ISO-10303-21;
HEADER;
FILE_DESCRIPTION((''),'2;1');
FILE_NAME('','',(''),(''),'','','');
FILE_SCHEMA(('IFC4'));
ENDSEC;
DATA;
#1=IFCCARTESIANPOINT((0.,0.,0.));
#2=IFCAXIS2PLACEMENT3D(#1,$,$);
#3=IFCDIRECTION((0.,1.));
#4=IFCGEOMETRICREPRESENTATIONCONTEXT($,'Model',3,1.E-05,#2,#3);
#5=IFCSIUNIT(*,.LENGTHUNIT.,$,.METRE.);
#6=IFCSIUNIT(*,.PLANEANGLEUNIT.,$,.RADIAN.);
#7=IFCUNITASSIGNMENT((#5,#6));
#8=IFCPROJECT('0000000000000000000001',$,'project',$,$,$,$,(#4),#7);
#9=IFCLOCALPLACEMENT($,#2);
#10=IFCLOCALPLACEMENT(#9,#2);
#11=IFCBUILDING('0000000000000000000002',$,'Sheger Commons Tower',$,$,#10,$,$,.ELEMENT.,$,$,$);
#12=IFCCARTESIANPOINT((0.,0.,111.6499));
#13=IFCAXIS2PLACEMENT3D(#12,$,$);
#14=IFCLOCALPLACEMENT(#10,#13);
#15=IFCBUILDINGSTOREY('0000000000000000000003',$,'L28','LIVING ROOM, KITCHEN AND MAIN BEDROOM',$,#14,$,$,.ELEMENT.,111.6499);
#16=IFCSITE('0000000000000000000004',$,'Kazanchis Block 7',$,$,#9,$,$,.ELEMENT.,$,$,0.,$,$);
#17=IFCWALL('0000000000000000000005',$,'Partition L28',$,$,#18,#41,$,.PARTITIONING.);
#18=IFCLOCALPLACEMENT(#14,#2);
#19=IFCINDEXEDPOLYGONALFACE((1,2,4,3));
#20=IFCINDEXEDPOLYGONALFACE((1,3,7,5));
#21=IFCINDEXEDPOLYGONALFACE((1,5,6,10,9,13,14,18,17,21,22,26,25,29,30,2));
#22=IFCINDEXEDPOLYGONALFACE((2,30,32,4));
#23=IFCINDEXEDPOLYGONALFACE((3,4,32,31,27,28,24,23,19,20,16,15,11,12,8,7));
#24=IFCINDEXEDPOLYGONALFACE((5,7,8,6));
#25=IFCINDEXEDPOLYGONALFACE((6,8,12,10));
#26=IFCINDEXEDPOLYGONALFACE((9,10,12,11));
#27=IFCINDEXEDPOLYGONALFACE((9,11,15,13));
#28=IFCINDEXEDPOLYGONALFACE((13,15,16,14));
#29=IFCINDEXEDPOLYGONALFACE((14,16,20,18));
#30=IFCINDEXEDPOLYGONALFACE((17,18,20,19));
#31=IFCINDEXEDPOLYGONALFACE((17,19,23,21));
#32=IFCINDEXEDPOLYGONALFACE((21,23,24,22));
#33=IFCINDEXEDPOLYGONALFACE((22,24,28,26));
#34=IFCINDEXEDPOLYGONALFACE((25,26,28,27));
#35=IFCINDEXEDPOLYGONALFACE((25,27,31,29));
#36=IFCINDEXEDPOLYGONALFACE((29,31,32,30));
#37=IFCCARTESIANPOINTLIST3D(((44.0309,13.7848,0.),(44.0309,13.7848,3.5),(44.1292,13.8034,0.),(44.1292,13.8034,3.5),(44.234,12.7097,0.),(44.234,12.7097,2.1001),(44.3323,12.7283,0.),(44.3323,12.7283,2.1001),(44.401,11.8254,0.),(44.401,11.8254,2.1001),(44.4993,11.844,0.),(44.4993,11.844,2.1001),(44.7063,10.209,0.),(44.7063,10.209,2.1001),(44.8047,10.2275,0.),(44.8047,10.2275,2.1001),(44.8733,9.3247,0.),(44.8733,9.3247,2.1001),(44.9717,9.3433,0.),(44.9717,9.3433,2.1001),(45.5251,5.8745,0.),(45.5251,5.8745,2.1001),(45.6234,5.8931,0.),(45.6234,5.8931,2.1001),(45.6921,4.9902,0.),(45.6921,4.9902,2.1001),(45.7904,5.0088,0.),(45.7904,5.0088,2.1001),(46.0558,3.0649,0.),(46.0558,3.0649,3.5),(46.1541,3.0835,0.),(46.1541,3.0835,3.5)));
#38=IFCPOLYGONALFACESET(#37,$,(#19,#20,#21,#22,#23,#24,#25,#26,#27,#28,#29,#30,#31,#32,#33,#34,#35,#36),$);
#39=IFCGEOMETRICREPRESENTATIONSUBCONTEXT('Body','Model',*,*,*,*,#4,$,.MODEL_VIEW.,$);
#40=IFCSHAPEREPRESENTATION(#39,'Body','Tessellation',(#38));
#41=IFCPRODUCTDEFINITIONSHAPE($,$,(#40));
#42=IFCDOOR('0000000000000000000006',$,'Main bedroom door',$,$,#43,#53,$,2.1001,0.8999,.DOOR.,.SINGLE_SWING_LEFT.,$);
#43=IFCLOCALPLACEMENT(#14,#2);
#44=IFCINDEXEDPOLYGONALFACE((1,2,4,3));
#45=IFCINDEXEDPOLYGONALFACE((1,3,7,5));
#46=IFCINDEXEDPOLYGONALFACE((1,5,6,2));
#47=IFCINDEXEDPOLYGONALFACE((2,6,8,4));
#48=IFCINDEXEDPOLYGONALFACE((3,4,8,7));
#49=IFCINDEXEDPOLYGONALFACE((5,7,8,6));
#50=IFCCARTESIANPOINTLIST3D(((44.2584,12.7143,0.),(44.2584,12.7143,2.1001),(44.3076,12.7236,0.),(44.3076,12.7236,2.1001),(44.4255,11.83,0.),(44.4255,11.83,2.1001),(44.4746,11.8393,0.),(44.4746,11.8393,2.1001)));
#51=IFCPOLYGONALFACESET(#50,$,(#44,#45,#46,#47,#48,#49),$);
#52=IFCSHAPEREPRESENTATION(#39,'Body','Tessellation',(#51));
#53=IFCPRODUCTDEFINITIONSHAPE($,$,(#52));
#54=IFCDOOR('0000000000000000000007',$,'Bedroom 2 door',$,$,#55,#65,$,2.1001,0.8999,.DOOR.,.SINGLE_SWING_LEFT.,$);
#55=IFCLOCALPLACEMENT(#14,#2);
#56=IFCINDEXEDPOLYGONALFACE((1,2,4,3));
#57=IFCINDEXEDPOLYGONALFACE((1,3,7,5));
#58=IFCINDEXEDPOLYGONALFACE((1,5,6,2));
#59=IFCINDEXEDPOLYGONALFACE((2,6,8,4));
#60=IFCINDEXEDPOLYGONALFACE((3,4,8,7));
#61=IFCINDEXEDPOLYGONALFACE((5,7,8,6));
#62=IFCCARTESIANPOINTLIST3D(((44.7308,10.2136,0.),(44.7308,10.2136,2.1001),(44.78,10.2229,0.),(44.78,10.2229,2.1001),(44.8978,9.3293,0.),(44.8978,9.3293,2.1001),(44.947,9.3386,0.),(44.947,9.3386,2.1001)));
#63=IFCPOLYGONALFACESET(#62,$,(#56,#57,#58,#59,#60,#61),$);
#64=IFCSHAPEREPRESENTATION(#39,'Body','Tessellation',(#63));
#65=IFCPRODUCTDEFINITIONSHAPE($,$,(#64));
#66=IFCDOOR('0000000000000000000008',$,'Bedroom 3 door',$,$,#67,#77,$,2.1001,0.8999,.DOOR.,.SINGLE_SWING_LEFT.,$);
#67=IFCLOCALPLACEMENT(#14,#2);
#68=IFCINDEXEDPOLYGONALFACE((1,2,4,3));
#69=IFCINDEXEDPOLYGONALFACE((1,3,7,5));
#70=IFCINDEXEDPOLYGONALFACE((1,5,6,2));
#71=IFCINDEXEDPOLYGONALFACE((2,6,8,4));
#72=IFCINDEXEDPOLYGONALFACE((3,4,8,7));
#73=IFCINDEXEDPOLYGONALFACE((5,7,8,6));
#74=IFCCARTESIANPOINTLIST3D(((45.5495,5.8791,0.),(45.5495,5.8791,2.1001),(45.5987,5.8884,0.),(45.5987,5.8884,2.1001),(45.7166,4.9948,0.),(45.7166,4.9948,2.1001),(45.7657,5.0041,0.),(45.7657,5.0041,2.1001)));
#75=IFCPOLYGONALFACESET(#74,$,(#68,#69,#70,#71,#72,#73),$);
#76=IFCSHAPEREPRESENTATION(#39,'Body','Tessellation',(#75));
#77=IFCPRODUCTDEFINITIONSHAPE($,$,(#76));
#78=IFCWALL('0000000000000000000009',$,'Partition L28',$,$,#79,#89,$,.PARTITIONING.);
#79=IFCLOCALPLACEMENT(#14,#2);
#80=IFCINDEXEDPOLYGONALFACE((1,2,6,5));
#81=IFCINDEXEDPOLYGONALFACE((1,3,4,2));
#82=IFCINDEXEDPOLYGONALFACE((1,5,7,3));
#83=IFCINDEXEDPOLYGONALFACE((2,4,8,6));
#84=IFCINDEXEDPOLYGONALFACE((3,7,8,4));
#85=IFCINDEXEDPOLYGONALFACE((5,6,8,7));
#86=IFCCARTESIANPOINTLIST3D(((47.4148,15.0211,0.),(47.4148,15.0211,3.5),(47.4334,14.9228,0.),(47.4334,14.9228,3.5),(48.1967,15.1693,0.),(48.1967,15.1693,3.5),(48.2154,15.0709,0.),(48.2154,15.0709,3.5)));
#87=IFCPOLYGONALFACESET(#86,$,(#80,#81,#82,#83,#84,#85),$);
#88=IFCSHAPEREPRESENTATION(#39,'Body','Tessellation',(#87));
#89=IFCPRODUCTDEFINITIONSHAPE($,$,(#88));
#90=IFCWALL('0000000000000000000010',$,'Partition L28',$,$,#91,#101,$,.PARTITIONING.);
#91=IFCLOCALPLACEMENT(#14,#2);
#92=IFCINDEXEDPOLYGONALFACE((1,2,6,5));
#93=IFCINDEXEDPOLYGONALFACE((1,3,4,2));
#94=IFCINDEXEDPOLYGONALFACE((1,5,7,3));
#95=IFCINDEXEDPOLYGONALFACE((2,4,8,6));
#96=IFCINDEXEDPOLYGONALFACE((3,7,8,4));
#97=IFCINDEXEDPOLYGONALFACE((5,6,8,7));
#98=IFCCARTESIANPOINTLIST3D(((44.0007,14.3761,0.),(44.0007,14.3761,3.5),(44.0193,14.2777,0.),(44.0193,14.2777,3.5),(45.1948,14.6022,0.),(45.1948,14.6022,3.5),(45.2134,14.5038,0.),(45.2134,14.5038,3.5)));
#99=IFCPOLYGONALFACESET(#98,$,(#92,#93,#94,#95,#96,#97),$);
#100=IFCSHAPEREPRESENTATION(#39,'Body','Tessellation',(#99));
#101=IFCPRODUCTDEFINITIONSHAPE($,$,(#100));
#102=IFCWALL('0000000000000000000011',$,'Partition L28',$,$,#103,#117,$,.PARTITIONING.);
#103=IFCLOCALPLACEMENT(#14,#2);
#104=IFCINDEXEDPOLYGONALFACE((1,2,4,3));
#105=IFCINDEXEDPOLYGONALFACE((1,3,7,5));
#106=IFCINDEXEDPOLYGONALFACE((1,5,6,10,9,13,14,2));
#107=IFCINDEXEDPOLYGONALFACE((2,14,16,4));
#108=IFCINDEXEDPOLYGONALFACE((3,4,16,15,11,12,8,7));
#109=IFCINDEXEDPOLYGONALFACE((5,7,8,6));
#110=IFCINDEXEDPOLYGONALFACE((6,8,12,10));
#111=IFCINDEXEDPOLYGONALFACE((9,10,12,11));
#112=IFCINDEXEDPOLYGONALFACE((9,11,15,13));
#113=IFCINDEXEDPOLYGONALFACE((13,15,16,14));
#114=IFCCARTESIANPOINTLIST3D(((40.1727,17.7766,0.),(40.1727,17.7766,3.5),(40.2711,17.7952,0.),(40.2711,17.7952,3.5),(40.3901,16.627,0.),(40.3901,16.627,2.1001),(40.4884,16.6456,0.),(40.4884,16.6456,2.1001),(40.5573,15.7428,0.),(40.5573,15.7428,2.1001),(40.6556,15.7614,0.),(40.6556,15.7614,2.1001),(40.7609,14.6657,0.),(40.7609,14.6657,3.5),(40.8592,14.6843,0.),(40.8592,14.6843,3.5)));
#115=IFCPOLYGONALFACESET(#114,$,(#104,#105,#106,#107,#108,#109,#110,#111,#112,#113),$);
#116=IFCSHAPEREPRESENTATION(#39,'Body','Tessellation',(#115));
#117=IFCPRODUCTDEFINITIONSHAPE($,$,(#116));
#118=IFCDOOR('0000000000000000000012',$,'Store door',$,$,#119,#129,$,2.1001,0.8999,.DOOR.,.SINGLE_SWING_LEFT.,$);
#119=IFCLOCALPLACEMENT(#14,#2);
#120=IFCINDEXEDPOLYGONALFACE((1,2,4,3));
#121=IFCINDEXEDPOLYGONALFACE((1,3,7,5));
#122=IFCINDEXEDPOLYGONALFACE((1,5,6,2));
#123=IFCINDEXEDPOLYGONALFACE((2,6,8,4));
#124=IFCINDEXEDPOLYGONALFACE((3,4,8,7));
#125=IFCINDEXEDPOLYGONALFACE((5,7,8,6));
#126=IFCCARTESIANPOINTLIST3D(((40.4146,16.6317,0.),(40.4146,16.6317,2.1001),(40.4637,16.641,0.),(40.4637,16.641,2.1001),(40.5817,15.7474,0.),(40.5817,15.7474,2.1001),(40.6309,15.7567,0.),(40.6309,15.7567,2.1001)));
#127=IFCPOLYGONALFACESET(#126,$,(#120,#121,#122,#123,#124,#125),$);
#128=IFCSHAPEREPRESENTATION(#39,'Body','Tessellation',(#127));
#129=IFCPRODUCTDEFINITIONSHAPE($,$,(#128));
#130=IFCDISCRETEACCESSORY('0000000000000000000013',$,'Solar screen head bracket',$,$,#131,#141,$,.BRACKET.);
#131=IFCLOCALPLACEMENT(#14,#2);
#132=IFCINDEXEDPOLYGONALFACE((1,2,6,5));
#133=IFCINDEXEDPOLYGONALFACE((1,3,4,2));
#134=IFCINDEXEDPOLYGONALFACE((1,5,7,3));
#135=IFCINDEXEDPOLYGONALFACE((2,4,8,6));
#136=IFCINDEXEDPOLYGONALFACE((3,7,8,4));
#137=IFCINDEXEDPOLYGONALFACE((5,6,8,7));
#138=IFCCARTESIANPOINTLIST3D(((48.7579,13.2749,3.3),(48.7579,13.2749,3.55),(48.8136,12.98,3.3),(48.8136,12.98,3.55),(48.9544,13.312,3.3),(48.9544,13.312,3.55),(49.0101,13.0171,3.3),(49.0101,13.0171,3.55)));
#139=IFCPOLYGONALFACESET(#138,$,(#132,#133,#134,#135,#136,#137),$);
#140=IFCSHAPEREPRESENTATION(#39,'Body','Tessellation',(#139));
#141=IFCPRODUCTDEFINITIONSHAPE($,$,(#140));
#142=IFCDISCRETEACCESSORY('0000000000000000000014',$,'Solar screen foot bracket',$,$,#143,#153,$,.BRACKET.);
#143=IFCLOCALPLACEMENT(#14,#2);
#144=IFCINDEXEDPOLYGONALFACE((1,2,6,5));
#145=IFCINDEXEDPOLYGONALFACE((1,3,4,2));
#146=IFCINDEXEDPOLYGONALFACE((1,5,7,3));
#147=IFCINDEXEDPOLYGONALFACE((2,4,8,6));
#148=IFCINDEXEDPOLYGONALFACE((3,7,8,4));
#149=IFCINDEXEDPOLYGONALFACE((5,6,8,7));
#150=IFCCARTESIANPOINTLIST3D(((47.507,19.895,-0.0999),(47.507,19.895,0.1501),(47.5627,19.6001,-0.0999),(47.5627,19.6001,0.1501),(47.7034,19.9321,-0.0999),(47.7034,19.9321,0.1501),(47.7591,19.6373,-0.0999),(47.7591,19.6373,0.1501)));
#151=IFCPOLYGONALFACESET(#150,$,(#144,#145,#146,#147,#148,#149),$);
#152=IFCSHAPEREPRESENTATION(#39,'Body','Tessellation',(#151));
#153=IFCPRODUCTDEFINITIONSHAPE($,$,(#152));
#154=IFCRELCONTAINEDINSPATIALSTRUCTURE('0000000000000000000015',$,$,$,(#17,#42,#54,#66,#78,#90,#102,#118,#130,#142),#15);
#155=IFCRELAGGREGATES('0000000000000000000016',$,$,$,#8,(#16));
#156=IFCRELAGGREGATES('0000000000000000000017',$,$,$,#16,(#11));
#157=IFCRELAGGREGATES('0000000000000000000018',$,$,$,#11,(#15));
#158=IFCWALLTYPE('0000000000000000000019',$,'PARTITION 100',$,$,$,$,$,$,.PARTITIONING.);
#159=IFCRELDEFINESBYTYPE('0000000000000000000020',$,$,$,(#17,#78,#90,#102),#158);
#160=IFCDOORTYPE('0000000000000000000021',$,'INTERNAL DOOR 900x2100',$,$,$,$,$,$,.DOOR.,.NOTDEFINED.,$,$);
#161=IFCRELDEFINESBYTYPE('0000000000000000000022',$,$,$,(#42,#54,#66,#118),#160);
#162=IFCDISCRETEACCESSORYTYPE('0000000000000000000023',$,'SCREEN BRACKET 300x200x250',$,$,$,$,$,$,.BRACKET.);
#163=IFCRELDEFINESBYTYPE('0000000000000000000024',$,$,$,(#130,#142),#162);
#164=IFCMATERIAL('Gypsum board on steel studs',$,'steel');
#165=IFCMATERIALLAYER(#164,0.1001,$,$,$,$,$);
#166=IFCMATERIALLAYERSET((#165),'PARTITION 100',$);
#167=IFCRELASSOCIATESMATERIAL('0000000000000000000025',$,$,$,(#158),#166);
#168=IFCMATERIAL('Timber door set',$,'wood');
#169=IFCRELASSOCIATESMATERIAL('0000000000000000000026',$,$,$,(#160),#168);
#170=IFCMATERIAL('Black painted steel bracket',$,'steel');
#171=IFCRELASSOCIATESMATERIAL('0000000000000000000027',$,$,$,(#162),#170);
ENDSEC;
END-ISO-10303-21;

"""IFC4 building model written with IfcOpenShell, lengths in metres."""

from ifc_helpers import new_model, si_unit, direction, frame, frame_2d, origin, origin_2d, place, context, subcontext, project, spatial, rectangle, extrude, material, layer, layer_set, type_object, element, fill, save


model = new_model("IFC4")

# Units and contexts
model_context = context("Model", 3, precision=1e-05, world=origin(), true_north=direction((0.0, 1.0)))
body_context = subcontext(model_context, "Body", "Model", "MODEL_VIEW")
ifc_project = project(units=[si_unit("LENGTHUNIT", "METRE"), si_unit("PLANEANGLEUNIT", "RADIAN")], contexts=[model_context])

# Site, building, storey
site_placement = place(None, origin())
site = spatial("IfcSite", under=ifc_project, at=site_placement, Name="Kazanchis Block 7", CompositionType="ELEMENT", RefElevation=0.0)
building_placement = place(site_placement, origin())
building = spatial("IfcBuilding", under=site, at=building_placement, Name="Sheger Commons Tower", CompositionType="ELEMENT")
storey_placement = place(building_placement, frame((0.0, 0.0, 111.6499)))
storey = spatial("IfcBuildingStorey", under=building, at=storey_placement, Name="L28", Description="LIVING ROOM, KITCHEN AND MAIN BEDROOM", CompositionType="ELEMENT", Elevation=111.6499)

# Shared definitions
ifc_material_1 = material(Name="Gypsum board on steel studs", Category="steel")
ifc_layer_1 = layer(ifc_material_1, 0.1001)
ifc_layer_set_1 = layer_set([ifc_layer_1], Name="PARTITION 100")
wall_type_1 = type_object("IfcWallType", Name="PARTITION 100", PredefinedType="PARTITIONING", material=ifc_layer_set_1)

# Wall, openings, doors
wall_1_placement = place(storey_placement, frame((44.0801, 13.7939, 0.0), z_axis=(0.0, 0.0, 1.0), x_axis=(0.185608, -0.982624, 0.0)))
wall_1 = element("IfcWall", 1, at=wall_1_placement, inside=storey, type_object=wall_type_1, Name="Partition L28", PredefinedType="PARTITIONING", context=body_context, shape_type="SweptSolid", body=[
    extrude(rectangle(XDim=10.9094, YDim=0.1001, at=frame_2d((5.4546, 0.0))), origin(), (0.0, 0.0, 1.0), 3.5),
])
opening_1_placement = place(wall_1_placement, frame((1.094, 0.0, 0.0)))
opening_1 = element("IfcOpeningElement", 2, at=opening_1_placement, cuts=wall_1, PredefinedType="OPENING", context=body_context, shape_type="SweptSolid", body=[
    extrude(rectangle(XDim=0.8999, YDim=2.1001, at=frame_2d((0.45, 1.05))), frame((0.0, 0.0601, 0.0), z_axis=(0.0, -1.0, 0.0), x_axis=(1.0, 0.0, 0.0)), (0.0, 0.0, 1.0), 0.1201),
])
opening_2_placement = place(wall_1_placement, frame((3.6389, 0.0, 0.0)))
opening_2 = element("IfcOpeningElement", 3, at=opening_2_placement, cuts=wall_1, PredefinedType="OPENING", context=body_context, shape_type="SweptSolid", body=[
    extrude(rectangle(XDim=0.8999, YDim=2.1001, at=frame_2d((0.45, 1.05))), frame((0.0, 0.0601, 0.0), z_axis=(0.0, -1.0, 0.0), x_axis=(1.0, 0.0, 0.0)), (0.0, 0.0, 1.0), 0.1201),
])
opening_3_placement = place(wall_1_placement, frame((8.05, 0.0, 0.0)))
opening_3 = element("IfcOpeningElement", 4, at=opening_3_placement, cuts=wall_1, PredefinedType="OPENING", context=body_context, shape_type="SweptSolid", body=[
    extrude(rectangle(XDim=0.8999, YDim=2.1001, at=frame_2d((0.45, 1.05))), frame((0.0, 0.0601, 0.0), z_axis=(0.0, -1.0, 0.0), x_axis=(1.0, 0.0, 0.0)), (0.0, 0.0, 1.0), 0.1201),
])
ifc_material_2 = material(Name="Timber door set", Category="wood")
door_type = type_object("IfcDoorType", Name="INTERNAL DOOR 900x2100", OperationType="NOTDEFINED", PredefinedType="DOOR", material=ifc_material_2)
door_1_placement = place(opening_1_placement, origin())
door_1 = element("IfcDoor", 5, at=door_1_placement, inside=storey, type_object=door_type, Name="Main bedroom door", OperationType="SINGLE_SWING_LEFT", OverallHeight=2.1001, OverallWidth=0.8999, PredefinedType="DOOR", context=body_context, shape_type="SweptSolid", body=[
    extrude(rectangle(XDim=0.8999, YDim=2.1001, at=frame_2d((0.45, 1.05))), frame((0.0, 0.0249, 0.0), z_axis=(0.0, -1.0, 0.0), x_axis=(1.0, 0.0, 0.0)), (0.0, 0.0, 1.0), 0.05),
])
fill(opening_1, door_1)
door_2_placement = place(opening_2_placement, origin())
door_2 = element("IfcDoor", 6, at=door_2_placement, inside=storey, type_object=door_type, Name="Bedroom 2 door", OperationType="SINGLE_SWING_LEFT", OverallHeight=2.1001, OverallWidth=0.8999, PredefinedType="DOOR", context=body_context, shape_type="SweptSolid", body=[
    extrude(rectangle(XDim=0.8999, YDim=2.1001, at=frame_2d((0.45, 1.05))), frame((0.0, 0.0249, 0.0), z_axis=(0.0, -1.0, 0.0), x_axis=(1.0, 0.0, 0.0)), (0.0, 0.0, 1.0), 0.05),
])
fill(opening_2, door_2)
door_3_placement = place(opening_3_placement, origin())
door_3 = element("IfcDoor", 7, at=door_3_placement, inside=storey, type_object=door_type, Name="Bedroom 3 door", OperationType="SINGLE_SWING_LEFT", OverallHeight=2.1001, OverallWidth=0.8999, PredefinedType="DOOR", context=body_context, shape_type="SweptSolid", body=[
    extrude(rectangle(XDim=0.8999, YDim=2.1001, at=frame_2d((0.45, 1.05))), frame((0.0, 0.0249, 0.0), z_axis=(0.0, -1.0, 0.0), x_axis=(1.0, 0.0, 0.0)), (0.0, 0.0, 1.0), 0.05),
])
fill(opening_3, door_3)

# Walls
wall_2_placement = place(storey_placement, frame((48.2061, 15.1201, 0.0), z_axis=(0.0, 0.0, 1.0), x_axis=(-0.982513, -0.186196, 0.0)))
element("IfcWall", 8, at=wall_2_placement, inside=storey, type_object=wall_type_1, Name="Partition L28", PredefinedType="PARTITIONING", context=body_context, shape_type="SweptSolid", body=[
    extrude(rectangle(XDim=0.7959, YDim=0.1001, at=frame_2d((0.3979, 0.0))), origin(), (0.0, 0.0, 1.0), 3.5),
])
wall_3_placement = place(storey_placement, frame((45.2041, 14.553, 0.0), z_axis=(0.0, 0.0, 1.0), x_axis=(-0.982545, -0.186023, 0.0)))
element("IfcWall", 9, at=wall_3_placement, inside=storey, type_object=wall_type_1, Name="Partition L28", PredefinedType="PARTITIONING", context=body_context, shape_type="SweptSolid", body=[
    extrude(rectangle(XDim=1.2153, YDim=0.1001, at=frame_2d((0.6077, 0.0))), origin(), (0.0, 0.0, 1.0), 3.5),
])

# Wall, opening, door
wall_4_placement = place(storey_placement, frame((40.2219, 17.7859, 0.0), z_axis=(0.0, 0.0, 1.0), x_axis=(0.185769, -0.982593, 0.0)))
wall_4 = element("IfcWall", 10, at=wall_4_placement, inside=storey, type_object=wall_type_1, Name="Partition L28", PredefinedType="PARTITIONING", context=body_context, shape_type="SweptSolid", body=[
    extrude(rectangle(XDim=3.166, YDim=0.1001, at=frame_2d((1.583, 0.0))), origin(), (0.0, 0.0, 1.0), 3.5),
])
opening_4_placement = place(wall_4_placement, frame((1.1699, 0.0, 0.0)))
opening_4 = element("IfcOpeningElement", 11, at=opening_4_placement, cuts=wall_4, PredefinedType="OPENING", context=body_context, shape_type="SweptSolid", body=[
    extrude(rectangle(XDim=0.8999, YDim=2.1001, at=frame_2d((0.45, 1.05))), frame((0.0, 0.0601, 0.0), z_axis=(0.0, -1.0, 0.0), x_axis=(1.0, 0.0, 0.0)), (0.0, 0.0, 1.0), 0.1201),
])
door_4_placement = place(opening_4_placement, origin())
door_4 = element("IfcDoor", 12, at=door_4_placement, inside=storey, type_object=door_type, Name="Store door", OperationType="SINGLE_SWING_LEFT", OverallHeight=2.1001, OverallWidth=0.8999, PredefinedType="DOOR", context=body_context, shape_type="SweptSolid", body=[
    extrude(rectangle(XDim=0.8999, YDim=2.1001, at=frame_2d((0.45, 1.05))), frame((0.0, 0.0249, 0.0), z_axis=(0.0, -1.0, 0.0), x_axis=(1.0, 0.0, 0.0)), (0.0, 0.0, 1.0), 0.05),
])
fill(opening_4, door_4)

# Discrete accessories
ifc_material_3 = material(Name="Black painted steel bracket", Category="steel")
discrete_accessory_type = type_object("IfcDiscreteAccessoryType", Name="SCREEN BRACKET 300x200x250", PredefinedType="BRACKET", material=ifc_material_3)
for number, where, z_axis, x_axis, name in (
    (13, (48.884, 13.146, 3.3), (0.0, 0.0, 1.0), (-0.185615, 0.982623, 0.0), "Solar screen head bracket"),
    (14, (47.6331, 19.7661, -0.0999), (0.0, 0.0, 1.0), (-0.185615, 0.982623, 0.0), "Solar screen foot bracket"),
):
    element("IfcDiscreteAccessory", number, at=place(storey_placement, frame(where, z_axis=z_axis, x_axis=x_axis)), inside=storey, type_object=discrete_accessory_type, Name=name, PredefinedType="BRACKET", context=body_context, shape_type="SweptSolid", body=[
        extrude(rectangle(XDim=0.3, YDim=0.2, at=origin_2d()), origin(), (0.0, 0.0, 1.0), 0.25),
    ])

save(model, "model.ifc")
